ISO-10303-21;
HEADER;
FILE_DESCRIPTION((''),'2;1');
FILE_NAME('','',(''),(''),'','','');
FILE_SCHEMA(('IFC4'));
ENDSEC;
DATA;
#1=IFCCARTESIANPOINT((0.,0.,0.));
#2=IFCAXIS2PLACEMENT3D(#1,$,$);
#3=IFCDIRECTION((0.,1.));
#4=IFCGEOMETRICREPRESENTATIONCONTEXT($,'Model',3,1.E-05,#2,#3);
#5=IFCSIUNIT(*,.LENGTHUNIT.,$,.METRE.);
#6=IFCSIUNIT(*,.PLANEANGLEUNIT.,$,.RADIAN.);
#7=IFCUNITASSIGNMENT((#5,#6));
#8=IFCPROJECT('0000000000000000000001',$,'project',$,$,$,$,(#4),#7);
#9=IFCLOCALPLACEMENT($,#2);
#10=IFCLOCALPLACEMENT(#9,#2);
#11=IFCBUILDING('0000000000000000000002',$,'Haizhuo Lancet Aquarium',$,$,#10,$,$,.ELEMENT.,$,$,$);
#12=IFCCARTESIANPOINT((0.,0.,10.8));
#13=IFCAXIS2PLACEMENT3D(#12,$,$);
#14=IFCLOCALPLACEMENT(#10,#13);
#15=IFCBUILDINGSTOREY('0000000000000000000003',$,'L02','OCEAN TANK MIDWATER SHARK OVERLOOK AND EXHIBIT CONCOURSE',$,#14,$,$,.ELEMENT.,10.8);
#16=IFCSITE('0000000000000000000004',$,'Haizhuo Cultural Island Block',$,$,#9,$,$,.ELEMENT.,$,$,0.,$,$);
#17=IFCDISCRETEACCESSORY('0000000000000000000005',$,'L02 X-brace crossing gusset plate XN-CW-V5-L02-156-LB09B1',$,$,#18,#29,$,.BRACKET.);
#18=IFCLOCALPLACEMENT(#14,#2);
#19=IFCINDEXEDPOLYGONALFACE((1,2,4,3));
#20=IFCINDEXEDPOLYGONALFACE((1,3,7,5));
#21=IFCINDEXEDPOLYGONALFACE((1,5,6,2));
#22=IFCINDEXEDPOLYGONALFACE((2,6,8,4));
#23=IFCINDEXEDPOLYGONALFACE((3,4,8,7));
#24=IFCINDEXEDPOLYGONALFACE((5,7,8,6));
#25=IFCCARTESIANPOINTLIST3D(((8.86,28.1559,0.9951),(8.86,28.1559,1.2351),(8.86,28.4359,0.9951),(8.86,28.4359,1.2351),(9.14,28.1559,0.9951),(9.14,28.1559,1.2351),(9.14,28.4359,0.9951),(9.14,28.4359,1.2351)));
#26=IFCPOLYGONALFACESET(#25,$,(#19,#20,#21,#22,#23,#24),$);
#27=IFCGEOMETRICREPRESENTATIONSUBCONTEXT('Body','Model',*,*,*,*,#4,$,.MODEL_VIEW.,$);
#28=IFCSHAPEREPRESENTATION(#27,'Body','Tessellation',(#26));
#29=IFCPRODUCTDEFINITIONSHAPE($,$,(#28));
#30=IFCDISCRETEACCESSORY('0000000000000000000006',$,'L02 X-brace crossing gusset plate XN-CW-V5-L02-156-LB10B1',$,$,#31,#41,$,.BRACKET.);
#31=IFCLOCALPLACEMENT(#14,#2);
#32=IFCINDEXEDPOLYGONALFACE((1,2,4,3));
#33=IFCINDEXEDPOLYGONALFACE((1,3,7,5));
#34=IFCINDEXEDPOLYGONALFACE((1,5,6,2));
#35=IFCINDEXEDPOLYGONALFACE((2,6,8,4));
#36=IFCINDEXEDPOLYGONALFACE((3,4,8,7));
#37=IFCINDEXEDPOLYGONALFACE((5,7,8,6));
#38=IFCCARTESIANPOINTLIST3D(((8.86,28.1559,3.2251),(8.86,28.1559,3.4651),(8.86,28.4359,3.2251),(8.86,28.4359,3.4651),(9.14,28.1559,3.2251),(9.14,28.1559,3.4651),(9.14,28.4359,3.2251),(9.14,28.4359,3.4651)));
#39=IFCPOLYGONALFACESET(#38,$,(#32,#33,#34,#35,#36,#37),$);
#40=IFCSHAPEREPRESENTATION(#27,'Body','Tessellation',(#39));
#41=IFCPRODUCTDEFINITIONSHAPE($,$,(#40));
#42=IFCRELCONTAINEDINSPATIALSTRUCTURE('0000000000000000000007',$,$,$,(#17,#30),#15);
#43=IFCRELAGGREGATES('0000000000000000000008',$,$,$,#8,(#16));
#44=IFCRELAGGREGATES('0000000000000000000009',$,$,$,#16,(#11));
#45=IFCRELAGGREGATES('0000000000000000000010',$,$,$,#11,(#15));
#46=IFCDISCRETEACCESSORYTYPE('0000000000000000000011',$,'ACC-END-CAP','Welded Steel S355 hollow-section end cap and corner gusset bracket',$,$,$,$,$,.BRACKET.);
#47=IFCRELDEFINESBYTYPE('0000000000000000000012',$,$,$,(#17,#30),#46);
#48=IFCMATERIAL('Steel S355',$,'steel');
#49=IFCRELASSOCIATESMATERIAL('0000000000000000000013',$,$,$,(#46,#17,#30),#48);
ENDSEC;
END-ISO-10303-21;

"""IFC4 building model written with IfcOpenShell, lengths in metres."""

from ifc_helpers import new_model, si_unit, direction, frame, origin, origin_2d, place, context, subcontext, project, spatial, rectangle, extrude, material, type_object, element, save


model = new_model("IFC4")

# Units and contexts
model_context = context("Model", 3, precision=1e-05, world=origin(), true_north=direction((0.0, 1.0)))
body_context = subcontext(model_context, "Body", "Model", "MODEL_VIEW")
ifc_project = project(units=[si_unit("LENGTHUNIT", "METRE"), si_unit("PLANEANGLEUNIT", "RADIAN")], contexts=[model_context])

# Site, building, storey
site_placement = place(None, origin())
site = spatial("IfcSite", under=ifc_project, at=site_placement, Name="Haizhuo Cultural Island Block", CompositionType="ELEMENT", RefElevation=0.0)
building_placement = place(site_placement, origin())
building = spatial("IfcBuilding", under=site, at=building_placement, Name="Haizhuo Lancet Aquarium", CompositionType="ELEMENT")
storey_placement = place(building_placement, frame((0.0, 0.0, 10.8)))
storey = spatial("IfcBuildingStorey", under=building, at=storey_placement, Name="L02", Description="OCEAN TANK MIDWATER SHARK OVERLOOK AND EXHIBIT CONCOURSE", CompositionType="ELEMENT", Elevation=10.8)

# Shared definitions
ifc_material_1 = material(Name="Steel S355", Category="steel")

# Discrete accessories
discrete_accessory_type = type_object("IfcDiscreteAccessoryType", Name="ACC-END-CAP", Description="Welded Steel S355 hollow-section end cap and corner gusset bracket", PredefinedType="BRACKET", material=ifc_material_1)
for number, where, z_axis, x_axis, name in (
    (1, (9.0, 28.2959, 0.9951), (0.0, 0.0, 1.0), (1.0, 0.0, 0.0), "L02 X-brace crossing gusset plate XN-CW-V5-L02-156-LB09B1"),
    (2, (9.0, 28.2959, 3.2251), (0.0, 0.0, 1.0), (1.0, 0.0, 0.0), "L02 X-brace crossing gusset plate XN-CW-V5-L02-156-LB10B1"),
):
    element("IfcDiscreteAccessory", number, at=place(storey_placement, frame(where, z_axis=z_axis, x_axis=x_axis)), inside=storey, type_object=discrete_accessory_type, material=ifc_material_1, Name=name, PredefinedType="BRACKET", context=body_context, shape_type="SweptSolid", body=[
        extrude(rectangle(XDim=0.28, YDim=0.28, at=origin_2d()), origin(), (0.0, 0.0, 1.0), 0.24),
    ])

save(model, "model.ifc")
